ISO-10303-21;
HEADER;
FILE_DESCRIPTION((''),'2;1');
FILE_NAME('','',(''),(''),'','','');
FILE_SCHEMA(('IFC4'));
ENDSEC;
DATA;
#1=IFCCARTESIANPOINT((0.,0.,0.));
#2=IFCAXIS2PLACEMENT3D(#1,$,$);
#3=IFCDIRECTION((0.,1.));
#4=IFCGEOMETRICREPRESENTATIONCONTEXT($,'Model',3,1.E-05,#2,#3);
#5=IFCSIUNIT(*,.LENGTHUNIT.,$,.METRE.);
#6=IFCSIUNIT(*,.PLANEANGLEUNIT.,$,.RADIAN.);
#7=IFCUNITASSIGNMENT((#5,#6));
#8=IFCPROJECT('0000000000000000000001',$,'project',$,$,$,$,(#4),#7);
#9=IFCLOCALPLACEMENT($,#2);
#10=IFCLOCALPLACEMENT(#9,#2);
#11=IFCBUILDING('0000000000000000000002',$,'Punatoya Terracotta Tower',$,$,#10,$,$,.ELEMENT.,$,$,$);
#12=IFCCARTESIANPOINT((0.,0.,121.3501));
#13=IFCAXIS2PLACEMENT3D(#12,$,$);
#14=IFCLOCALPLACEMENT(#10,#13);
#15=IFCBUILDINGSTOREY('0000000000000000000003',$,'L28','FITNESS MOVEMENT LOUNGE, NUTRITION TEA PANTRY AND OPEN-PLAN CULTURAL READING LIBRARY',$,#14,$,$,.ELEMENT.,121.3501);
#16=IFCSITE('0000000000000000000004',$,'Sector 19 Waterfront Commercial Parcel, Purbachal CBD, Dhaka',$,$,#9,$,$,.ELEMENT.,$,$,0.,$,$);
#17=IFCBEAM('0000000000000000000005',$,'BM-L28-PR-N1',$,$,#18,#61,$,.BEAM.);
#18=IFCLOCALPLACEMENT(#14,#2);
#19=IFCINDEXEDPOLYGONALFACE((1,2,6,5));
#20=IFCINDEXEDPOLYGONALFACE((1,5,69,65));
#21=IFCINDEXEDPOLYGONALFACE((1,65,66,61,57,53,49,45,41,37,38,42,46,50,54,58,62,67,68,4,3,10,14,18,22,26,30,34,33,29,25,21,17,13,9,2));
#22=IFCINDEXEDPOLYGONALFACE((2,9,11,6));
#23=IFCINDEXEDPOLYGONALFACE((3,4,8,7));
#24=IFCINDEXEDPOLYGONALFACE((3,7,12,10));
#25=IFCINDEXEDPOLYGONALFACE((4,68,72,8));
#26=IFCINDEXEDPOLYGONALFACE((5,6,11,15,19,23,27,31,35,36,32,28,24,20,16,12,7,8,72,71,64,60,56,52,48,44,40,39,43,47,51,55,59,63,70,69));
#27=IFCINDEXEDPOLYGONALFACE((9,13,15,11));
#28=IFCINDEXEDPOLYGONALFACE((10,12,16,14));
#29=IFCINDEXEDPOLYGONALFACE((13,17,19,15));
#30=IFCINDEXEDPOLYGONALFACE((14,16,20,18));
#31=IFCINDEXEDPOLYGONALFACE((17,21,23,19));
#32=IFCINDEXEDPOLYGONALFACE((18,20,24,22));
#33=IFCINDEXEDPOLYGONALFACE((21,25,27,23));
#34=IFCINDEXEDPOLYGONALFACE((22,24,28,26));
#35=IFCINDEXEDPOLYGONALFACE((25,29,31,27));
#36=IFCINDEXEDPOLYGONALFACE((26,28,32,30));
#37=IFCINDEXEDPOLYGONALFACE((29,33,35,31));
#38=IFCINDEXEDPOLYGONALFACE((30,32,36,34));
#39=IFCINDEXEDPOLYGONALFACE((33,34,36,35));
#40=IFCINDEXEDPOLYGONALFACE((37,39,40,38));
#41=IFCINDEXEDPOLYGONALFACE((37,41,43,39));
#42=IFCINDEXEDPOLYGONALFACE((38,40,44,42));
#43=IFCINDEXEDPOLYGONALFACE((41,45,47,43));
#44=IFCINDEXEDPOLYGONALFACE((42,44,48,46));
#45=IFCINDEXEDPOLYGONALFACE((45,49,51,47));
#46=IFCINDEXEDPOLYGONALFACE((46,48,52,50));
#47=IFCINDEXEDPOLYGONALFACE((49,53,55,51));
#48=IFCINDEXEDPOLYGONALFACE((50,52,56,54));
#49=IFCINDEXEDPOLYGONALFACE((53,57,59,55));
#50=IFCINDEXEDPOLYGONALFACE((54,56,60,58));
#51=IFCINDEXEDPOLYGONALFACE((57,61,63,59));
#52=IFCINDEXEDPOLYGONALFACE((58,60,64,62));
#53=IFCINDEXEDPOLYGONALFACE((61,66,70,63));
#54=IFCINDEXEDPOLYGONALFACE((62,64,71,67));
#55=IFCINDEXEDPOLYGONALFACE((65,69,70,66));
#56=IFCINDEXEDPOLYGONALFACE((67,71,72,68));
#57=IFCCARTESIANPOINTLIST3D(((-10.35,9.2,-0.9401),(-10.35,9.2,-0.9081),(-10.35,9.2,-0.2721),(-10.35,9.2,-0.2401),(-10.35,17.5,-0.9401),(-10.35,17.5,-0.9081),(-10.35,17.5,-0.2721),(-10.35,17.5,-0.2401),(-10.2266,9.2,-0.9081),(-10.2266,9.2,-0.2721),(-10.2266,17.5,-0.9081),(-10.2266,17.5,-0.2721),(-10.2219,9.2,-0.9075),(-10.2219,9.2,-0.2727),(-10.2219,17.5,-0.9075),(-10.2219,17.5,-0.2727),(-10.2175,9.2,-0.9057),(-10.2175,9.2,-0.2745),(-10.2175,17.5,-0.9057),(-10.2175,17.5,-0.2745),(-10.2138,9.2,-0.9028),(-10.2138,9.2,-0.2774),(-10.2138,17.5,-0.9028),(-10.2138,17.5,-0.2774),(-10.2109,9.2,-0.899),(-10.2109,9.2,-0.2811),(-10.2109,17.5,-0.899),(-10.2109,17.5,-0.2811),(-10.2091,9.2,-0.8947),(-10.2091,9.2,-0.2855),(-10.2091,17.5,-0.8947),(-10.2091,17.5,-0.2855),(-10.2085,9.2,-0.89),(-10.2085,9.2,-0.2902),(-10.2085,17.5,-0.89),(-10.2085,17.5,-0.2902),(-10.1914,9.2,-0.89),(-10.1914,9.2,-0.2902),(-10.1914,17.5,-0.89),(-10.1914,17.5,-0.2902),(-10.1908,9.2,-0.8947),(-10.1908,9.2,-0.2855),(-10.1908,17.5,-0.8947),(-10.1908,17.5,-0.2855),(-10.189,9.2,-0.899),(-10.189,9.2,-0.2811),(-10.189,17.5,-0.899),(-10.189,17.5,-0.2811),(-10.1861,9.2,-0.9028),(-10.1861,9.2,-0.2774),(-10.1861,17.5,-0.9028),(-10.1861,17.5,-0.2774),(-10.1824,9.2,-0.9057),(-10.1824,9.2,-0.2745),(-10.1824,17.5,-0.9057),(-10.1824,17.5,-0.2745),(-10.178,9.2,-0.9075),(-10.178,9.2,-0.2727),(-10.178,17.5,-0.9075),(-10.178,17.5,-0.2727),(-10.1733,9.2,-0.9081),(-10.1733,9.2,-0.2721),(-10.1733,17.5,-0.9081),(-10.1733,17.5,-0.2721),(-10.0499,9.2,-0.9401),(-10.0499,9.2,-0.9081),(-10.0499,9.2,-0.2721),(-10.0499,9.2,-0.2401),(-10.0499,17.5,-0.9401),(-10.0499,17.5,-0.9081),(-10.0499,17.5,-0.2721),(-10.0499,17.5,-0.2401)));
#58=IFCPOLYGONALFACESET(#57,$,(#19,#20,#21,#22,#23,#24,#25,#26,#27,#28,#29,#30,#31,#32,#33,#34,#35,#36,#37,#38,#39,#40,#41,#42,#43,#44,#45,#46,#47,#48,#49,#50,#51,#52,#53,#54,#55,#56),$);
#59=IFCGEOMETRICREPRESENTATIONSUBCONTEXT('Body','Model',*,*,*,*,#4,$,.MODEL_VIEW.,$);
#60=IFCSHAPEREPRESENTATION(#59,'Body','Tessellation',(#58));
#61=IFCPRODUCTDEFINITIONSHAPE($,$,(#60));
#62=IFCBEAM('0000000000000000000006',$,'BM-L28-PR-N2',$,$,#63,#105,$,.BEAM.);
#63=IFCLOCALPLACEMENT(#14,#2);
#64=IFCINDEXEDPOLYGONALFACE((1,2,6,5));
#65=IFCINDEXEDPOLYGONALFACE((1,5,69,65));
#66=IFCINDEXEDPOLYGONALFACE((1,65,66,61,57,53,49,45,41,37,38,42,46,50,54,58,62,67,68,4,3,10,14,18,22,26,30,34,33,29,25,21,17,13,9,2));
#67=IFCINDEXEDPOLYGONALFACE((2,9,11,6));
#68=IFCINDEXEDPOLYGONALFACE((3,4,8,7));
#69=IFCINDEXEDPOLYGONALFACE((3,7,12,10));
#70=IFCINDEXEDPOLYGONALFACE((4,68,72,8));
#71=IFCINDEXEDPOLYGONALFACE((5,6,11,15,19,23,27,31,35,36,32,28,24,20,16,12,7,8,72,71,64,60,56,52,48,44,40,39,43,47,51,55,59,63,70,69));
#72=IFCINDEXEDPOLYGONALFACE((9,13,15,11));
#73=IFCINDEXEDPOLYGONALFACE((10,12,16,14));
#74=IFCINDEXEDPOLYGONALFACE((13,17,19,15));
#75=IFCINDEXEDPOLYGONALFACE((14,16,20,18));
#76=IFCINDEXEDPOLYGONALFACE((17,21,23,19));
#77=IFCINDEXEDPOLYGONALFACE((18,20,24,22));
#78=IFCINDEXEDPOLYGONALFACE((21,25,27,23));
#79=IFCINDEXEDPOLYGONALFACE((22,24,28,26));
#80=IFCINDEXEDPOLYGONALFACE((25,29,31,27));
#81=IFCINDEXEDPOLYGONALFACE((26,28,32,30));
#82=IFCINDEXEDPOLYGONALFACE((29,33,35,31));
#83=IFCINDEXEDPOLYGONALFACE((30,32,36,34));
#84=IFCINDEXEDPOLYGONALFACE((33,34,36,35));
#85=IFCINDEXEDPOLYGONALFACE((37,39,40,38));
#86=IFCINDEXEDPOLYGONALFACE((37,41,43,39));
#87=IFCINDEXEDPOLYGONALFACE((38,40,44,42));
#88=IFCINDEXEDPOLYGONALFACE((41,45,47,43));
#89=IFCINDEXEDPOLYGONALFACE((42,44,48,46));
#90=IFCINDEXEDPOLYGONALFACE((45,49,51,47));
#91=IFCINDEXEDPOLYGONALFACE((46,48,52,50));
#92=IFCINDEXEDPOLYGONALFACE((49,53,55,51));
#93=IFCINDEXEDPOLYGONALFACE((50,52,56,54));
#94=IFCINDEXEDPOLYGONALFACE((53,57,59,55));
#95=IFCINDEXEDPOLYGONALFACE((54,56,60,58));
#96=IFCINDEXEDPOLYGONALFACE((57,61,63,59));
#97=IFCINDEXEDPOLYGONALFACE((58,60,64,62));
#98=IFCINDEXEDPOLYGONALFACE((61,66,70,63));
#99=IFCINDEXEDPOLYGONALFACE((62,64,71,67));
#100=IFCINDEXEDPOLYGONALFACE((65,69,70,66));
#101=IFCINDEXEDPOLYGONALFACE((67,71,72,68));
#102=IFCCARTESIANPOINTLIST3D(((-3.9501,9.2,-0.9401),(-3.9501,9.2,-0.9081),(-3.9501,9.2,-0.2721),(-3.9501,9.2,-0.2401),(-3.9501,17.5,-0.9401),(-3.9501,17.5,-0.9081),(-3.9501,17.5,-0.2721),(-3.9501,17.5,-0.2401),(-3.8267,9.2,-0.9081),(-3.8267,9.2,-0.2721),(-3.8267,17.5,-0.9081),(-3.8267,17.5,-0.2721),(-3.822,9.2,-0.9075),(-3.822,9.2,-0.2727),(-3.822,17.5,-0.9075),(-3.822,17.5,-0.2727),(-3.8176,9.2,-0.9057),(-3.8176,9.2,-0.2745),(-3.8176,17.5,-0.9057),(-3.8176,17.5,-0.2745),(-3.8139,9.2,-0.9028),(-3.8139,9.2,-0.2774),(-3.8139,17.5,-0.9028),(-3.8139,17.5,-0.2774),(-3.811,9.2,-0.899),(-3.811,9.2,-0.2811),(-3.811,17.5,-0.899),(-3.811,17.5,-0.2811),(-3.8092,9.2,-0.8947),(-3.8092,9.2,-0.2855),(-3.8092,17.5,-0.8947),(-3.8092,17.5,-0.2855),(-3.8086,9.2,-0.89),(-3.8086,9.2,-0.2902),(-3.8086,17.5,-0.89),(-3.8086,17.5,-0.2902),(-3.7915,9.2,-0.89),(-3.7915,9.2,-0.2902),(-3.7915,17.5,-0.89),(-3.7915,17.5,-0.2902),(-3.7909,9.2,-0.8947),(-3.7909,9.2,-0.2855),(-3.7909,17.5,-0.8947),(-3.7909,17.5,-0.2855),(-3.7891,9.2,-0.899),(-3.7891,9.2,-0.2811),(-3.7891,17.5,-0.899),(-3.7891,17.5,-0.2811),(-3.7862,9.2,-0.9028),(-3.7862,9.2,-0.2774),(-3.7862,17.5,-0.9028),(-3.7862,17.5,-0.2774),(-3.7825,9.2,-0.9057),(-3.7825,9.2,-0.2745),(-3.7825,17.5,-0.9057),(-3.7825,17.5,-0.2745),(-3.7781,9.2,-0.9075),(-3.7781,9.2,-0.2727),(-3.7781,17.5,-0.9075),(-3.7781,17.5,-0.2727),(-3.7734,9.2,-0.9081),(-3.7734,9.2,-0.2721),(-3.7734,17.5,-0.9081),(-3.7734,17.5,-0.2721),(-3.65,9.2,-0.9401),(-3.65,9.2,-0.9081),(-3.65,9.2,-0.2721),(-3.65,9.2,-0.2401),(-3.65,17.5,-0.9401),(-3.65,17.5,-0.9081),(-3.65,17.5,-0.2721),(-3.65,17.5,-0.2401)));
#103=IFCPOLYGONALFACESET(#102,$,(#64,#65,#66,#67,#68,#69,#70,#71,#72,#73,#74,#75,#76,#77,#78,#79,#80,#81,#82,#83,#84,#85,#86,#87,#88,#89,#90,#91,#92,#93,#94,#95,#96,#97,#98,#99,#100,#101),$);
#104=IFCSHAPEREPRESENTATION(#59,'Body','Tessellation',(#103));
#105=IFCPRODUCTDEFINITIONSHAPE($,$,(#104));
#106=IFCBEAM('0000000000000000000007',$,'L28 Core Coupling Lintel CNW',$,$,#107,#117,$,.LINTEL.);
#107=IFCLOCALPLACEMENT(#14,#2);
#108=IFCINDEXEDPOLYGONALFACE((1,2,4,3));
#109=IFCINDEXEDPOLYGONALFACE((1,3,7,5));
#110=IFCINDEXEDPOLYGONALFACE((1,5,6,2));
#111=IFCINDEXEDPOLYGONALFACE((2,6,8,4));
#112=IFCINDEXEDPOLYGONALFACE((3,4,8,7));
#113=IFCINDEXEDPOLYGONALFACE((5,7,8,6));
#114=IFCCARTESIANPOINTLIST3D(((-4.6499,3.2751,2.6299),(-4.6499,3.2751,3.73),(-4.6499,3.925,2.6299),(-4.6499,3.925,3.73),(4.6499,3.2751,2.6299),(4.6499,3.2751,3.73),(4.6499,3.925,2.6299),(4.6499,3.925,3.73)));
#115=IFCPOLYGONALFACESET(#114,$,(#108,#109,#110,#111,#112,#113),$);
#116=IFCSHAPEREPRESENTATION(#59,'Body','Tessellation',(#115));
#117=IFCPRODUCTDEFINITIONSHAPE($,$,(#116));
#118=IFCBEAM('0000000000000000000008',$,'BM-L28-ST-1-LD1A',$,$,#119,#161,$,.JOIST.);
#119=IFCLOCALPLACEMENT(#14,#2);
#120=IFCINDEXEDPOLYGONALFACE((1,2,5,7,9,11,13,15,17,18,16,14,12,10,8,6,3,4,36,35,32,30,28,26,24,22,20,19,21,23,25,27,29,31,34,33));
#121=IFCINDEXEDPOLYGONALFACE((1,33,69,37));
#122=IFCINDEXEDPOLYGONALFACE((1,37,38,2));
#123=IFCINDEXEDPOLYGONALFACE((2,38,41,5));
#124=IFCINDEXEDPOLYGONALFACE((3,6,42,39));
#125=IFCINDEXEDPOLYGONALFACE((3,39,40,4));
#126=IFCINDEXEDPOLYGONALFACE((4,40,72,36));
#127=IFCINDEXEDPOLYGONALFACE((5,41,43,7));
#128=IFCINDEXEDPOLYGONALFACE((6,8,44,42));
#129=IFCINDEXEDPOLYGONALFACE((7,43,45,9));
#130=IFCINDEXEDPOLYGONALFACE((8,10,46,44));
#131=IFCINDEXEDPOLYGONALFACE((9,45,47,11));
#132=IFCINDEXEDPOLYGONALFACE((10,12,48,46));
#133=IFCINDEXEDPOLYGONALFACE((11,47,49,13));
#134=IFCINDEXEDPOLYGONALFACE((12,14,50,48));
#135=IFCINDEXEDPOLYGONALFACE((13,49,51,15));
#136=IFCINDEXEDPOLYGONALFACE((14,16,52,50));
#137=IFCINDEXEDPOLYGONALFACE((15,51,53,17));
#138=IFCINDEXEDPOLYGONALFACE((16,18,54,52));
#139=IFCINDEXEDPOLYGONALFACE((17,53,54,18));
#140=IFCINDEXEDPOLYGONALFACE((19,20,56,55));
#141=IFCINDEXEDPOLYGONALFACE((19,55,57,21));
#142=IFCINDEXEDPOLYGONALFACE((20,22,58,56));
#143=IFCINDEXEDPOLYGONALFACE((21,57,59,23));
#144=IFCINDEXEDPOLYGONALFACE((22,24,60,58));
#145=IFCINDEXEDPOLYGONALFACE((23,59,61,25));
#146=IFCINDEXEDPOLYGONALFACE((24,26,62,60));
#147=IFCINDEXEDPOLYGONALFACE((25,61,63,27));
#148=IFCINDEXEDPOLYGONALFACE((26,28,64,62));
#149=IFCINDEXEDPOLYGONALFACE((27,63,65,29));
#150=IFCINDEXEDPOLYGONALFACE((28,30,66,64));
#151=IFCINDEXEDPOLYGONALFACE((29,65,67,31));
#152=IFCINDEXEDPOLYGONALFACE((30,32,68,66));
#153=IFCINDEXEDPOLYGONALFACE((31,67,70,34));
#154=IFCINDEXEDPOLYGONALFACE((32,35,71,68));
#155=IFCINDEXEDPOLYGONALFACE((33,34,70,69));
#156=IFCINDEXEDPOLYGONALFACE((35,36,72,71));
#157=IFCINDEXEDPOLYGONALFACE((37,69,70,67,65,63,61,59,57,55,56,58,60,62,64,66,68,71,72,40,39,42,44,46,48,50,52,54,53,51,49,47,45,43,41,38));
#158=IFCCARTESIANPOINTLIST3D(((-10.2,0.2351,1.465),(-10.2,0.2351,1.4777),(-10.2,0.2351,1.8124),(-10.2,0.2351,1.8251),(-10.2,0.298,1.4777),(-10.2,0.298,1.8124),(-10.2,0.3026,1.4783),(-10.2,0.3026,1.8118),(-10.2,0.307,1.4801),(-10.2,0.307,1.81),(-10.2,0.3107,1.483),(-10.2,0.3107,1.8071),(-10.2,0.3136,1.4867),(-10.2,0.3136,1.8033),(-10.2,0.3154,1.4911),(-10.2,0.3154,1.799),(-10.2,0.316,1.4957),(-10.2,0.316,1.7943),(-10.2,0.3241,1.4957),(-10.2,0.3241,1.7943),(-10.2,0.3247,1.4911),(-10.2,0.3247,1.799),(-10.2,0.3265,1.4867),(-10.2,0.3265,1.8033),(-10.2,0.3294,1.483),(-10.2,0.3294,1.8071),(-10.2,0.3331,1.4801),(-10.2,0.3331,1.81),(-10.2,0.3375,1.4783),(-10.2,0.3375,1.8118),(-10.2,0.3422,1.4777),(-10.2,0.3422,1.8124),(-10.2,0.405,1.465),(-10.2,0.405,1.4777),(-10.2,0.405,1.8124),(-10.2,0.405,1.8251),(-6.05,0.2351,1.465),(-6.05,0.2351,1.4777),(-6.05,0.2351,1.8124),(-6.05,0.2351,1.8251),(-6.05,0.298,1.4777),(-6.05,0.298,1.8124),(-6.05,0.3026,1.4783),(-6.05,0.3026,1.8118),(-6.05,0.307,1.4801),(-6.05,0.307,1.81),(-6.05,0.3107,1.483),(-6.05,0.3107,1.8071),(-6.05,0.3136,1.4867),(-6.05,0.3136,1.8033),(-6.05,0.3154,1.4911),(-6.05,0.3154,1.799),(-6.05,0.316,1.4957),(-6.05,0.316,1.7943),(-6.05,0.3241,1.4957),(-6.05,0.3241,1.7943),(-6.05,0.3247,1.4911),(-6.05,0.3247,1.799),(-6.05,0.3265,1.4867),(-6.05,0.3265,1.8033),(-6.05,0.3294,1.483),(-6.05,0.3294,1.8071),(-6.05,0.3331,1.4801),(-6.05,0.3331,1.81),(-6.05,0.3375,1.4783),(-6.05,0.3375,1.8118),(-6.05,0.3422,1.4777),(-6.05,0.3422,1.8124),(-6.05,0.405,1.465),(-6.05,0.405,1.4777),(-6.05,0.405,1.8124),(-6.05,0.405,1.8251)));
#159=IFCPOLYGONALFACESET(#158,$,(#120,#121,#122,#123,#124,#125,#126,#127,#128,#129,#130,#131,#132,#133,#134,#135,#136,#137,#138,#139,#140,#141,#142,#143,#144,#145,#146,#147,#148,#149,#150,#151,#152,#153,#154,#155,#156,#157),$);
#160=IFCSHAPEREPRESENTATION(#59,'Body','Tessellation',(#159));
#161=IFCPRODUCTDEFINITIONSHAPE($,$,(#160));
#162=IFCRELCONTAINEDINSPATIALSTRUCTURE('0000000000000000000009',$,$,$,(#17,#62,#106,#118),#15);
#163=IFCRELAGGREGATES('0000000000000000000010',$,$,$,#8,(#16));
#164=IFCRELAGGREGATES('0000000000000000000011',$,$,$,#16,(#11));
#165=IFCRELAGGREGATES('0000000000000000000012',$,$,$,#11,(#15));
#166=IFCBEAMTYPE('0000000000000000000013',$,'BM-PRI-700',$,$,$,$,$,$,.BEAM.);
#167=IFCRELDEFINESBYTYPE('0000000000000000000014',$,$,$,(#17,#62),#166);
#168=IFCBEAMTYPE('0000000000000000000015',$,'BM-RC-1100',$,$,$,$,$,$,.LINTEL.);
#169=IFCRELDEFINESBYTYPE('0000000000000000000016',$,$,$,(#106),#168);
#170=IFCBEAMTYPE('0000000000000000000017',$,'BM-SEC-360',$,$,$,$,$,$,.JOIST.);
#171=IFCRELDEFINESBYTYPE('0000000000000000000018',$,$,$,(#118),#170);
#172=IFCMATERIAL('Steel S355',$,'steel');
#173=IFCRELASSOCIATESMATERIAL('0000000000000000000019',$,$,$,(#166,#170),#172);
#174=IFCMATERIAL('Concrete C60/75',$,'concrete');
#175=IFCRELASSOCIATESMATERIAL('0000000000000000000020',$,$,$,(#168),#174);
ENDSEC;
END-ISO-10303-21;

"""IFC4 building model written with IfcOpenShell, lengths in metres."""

from ifc_helpers import new_model, si_unit, direction, frame, origin, origin_2d, place, context, subcontext, project, spatial, rectangle, i_section, extrude, material, material_profile, profile_set, type_object, element, save


model = new_model("IFC4")

# Units and contexts
model_context = context("Model", 3, precision=1e-05, world=origin(), true_north=direction((0.0, 1.0)))
body_context = subcontext(model_context, "Body", "Model", "MODEL_VIEW")
ifc_project = project(units=[si_unit("LENGTHUNIT", "METRE"), si_unit("PLANEANGLEUNIT", "RADIAN")], contexts=[model_context])

# Site, building, storey
site_placement = place(None, origin())
site = spatial("IfcSite", under=ifc_project, at=site_placement, Name="Sector 19 Waterfront Commercial Parcel, Purbachal CBD, Dhaka", CompositionType="ELEMENT", RefElevation=0.0)
building_placement = place(site_placement, origin())
building = spatial("IfcBuilding", under=site, at=building_placement, Name="Punatoya Terracotta Tower", CompositionType="ELEMENT")
storey_placement = place(building_placement, frame((0.0, 0.0, 121.3501)))
storey = spatial("IfcBuildingStorey", under=building, at=storey_placement, Name="L28", Description="FITNESS MOVEMENT LOUNGE, NUTRITION TEA PANTRY AND OPEN-PLAN CULTURAL READING LIBRARY", CompositionType="ELEMENT", Elevation=121.3501)

# Beams
ifc_material_1 = material(Name="Steel S355", Category="steel")
ifc_material_profile_1 = material_profile(ifc_material_1, i_section(OverallWidth=0.3, OverallDepth=0.7, WebThickness=0.0171, FlangeThickness=0.032, FilletRadius=0.0181, at=origin_2d()))
ifc_profile_set_1 = profile_set([ifc_material_profile_1], Name="Steel S355")
beam_type_1 = type_object("IfcBeamType", Name="BM-PRI-700", PredefinedType="BEAM", material=ifc_profile_set_1)
for number, where, z_axis, x_axis, name in (
    (1, (-10.2, 9.2, -0.5901), (0.0, 1.0, 0.0), (-1.0, 0.0, 0.0), "BM-L28-PR-N1"),
    (2, (-3.8, 9.2, -0.5901), (0.0, 1.0, 0.0), (-1.0, 0.0, 0.0), "BM-L28-PR-N2"),
):
    element("IfcBeam", number, at=place(storey_placement, frame(where, z_axis=z_axis, x_axis=x_axis)), inside=storey, type_object=beam_type_1, Name=name, PredefinedType="BEAM", context=body_context, shape_type="SweptSolid", body=[
        extrude(i_section(OverallWidth=0.3, OverallDepth=0.7, WebThickness=0.0171, FlangeThickness=0.032, FilletRadius=0.0181, at=origin_2d()), origin(), (0.0, 0.0, 1.0), 8.3),
    ])
ifc_material_2 = material(Name="Concrete C60/75", Category="concrete")
ifc_material_profile_2 = material_profile(ifc_material_2, rectangle(XDim=0.6499, YDim=1.1001, at=origin_2d()))
ifc_profile_set_2 = profile_set([ifc_material_profile_2], Name="Concrete C60/75")
beam_type_2 = type_object("IfcBeamType", Name="BM-RC-1100", PredefinedType="LINTEL", material=ifc_profile_set_2)
beam_placement = place(storey_placement, frame((-4.6499, 3.6001, 3.1799), z_axis=(1.0, 0.0, 0.0), x_axis=(0.0, 1.0, 0.0)))
element("IfcBeam", 3, at=beam_placement, inside=storey, type_object=beam_type_2, Name="L28 Core Coupling Lintel CNW", PredefinedType="LINTEL", context=body_context, shape_type="SweptSolid", body=[
    extrude(rectangle(XDim=0.6499, YDim=1.1001, at=origin_2d()), origin(), (0.0, 0.0, 1.0), 9.2998),
])
ifc_material_profile_3 = material_profile(ifc_material_1, i_section(OverallWidth=0.1699, OverallDepth=0.3601, WebThickness=0.0081, FlangeThickness=0.0127, FilletRadius=0.0181, at=origin_2d()))
ifc_profile_set_3 = profile_set([ifc_material_profile_3], Name="Steel S355")
beam_type_3 = type_object("IfcBeamType", Name="BM-SEC-360", PredefinedType="JOIST", material=ifc_profile_set_3)
for number, where, z_axis, x_axis, name in (
    (4, (-10.2, 0.3201, 1.645), (1.0, 0.0, 0.0), (0.0, 1.0, 0.0), "BM-L28-ST-1-LD1A"),
):
    element("IfcBeam", number, at=place(storey_placement, frame(where, z_axis=z_axis, x_axis=x_axis)), inside=storey, type_object=beam_type_3, Name=name, PredefinedType="JOIST", context=body_context, shape_type="SweptSolid", body=[
        extrude(i_section(OverallWidth=0.1699, OverallDepth=0.3601, WebThickness=0.0081, FlangeThickness=0.0127, FilletRadius=0.0181, at=origin_2d()), origin(), (0.0, 0.0, 1.0), 4.1499),
    ])

save(model, "model.ifc")
